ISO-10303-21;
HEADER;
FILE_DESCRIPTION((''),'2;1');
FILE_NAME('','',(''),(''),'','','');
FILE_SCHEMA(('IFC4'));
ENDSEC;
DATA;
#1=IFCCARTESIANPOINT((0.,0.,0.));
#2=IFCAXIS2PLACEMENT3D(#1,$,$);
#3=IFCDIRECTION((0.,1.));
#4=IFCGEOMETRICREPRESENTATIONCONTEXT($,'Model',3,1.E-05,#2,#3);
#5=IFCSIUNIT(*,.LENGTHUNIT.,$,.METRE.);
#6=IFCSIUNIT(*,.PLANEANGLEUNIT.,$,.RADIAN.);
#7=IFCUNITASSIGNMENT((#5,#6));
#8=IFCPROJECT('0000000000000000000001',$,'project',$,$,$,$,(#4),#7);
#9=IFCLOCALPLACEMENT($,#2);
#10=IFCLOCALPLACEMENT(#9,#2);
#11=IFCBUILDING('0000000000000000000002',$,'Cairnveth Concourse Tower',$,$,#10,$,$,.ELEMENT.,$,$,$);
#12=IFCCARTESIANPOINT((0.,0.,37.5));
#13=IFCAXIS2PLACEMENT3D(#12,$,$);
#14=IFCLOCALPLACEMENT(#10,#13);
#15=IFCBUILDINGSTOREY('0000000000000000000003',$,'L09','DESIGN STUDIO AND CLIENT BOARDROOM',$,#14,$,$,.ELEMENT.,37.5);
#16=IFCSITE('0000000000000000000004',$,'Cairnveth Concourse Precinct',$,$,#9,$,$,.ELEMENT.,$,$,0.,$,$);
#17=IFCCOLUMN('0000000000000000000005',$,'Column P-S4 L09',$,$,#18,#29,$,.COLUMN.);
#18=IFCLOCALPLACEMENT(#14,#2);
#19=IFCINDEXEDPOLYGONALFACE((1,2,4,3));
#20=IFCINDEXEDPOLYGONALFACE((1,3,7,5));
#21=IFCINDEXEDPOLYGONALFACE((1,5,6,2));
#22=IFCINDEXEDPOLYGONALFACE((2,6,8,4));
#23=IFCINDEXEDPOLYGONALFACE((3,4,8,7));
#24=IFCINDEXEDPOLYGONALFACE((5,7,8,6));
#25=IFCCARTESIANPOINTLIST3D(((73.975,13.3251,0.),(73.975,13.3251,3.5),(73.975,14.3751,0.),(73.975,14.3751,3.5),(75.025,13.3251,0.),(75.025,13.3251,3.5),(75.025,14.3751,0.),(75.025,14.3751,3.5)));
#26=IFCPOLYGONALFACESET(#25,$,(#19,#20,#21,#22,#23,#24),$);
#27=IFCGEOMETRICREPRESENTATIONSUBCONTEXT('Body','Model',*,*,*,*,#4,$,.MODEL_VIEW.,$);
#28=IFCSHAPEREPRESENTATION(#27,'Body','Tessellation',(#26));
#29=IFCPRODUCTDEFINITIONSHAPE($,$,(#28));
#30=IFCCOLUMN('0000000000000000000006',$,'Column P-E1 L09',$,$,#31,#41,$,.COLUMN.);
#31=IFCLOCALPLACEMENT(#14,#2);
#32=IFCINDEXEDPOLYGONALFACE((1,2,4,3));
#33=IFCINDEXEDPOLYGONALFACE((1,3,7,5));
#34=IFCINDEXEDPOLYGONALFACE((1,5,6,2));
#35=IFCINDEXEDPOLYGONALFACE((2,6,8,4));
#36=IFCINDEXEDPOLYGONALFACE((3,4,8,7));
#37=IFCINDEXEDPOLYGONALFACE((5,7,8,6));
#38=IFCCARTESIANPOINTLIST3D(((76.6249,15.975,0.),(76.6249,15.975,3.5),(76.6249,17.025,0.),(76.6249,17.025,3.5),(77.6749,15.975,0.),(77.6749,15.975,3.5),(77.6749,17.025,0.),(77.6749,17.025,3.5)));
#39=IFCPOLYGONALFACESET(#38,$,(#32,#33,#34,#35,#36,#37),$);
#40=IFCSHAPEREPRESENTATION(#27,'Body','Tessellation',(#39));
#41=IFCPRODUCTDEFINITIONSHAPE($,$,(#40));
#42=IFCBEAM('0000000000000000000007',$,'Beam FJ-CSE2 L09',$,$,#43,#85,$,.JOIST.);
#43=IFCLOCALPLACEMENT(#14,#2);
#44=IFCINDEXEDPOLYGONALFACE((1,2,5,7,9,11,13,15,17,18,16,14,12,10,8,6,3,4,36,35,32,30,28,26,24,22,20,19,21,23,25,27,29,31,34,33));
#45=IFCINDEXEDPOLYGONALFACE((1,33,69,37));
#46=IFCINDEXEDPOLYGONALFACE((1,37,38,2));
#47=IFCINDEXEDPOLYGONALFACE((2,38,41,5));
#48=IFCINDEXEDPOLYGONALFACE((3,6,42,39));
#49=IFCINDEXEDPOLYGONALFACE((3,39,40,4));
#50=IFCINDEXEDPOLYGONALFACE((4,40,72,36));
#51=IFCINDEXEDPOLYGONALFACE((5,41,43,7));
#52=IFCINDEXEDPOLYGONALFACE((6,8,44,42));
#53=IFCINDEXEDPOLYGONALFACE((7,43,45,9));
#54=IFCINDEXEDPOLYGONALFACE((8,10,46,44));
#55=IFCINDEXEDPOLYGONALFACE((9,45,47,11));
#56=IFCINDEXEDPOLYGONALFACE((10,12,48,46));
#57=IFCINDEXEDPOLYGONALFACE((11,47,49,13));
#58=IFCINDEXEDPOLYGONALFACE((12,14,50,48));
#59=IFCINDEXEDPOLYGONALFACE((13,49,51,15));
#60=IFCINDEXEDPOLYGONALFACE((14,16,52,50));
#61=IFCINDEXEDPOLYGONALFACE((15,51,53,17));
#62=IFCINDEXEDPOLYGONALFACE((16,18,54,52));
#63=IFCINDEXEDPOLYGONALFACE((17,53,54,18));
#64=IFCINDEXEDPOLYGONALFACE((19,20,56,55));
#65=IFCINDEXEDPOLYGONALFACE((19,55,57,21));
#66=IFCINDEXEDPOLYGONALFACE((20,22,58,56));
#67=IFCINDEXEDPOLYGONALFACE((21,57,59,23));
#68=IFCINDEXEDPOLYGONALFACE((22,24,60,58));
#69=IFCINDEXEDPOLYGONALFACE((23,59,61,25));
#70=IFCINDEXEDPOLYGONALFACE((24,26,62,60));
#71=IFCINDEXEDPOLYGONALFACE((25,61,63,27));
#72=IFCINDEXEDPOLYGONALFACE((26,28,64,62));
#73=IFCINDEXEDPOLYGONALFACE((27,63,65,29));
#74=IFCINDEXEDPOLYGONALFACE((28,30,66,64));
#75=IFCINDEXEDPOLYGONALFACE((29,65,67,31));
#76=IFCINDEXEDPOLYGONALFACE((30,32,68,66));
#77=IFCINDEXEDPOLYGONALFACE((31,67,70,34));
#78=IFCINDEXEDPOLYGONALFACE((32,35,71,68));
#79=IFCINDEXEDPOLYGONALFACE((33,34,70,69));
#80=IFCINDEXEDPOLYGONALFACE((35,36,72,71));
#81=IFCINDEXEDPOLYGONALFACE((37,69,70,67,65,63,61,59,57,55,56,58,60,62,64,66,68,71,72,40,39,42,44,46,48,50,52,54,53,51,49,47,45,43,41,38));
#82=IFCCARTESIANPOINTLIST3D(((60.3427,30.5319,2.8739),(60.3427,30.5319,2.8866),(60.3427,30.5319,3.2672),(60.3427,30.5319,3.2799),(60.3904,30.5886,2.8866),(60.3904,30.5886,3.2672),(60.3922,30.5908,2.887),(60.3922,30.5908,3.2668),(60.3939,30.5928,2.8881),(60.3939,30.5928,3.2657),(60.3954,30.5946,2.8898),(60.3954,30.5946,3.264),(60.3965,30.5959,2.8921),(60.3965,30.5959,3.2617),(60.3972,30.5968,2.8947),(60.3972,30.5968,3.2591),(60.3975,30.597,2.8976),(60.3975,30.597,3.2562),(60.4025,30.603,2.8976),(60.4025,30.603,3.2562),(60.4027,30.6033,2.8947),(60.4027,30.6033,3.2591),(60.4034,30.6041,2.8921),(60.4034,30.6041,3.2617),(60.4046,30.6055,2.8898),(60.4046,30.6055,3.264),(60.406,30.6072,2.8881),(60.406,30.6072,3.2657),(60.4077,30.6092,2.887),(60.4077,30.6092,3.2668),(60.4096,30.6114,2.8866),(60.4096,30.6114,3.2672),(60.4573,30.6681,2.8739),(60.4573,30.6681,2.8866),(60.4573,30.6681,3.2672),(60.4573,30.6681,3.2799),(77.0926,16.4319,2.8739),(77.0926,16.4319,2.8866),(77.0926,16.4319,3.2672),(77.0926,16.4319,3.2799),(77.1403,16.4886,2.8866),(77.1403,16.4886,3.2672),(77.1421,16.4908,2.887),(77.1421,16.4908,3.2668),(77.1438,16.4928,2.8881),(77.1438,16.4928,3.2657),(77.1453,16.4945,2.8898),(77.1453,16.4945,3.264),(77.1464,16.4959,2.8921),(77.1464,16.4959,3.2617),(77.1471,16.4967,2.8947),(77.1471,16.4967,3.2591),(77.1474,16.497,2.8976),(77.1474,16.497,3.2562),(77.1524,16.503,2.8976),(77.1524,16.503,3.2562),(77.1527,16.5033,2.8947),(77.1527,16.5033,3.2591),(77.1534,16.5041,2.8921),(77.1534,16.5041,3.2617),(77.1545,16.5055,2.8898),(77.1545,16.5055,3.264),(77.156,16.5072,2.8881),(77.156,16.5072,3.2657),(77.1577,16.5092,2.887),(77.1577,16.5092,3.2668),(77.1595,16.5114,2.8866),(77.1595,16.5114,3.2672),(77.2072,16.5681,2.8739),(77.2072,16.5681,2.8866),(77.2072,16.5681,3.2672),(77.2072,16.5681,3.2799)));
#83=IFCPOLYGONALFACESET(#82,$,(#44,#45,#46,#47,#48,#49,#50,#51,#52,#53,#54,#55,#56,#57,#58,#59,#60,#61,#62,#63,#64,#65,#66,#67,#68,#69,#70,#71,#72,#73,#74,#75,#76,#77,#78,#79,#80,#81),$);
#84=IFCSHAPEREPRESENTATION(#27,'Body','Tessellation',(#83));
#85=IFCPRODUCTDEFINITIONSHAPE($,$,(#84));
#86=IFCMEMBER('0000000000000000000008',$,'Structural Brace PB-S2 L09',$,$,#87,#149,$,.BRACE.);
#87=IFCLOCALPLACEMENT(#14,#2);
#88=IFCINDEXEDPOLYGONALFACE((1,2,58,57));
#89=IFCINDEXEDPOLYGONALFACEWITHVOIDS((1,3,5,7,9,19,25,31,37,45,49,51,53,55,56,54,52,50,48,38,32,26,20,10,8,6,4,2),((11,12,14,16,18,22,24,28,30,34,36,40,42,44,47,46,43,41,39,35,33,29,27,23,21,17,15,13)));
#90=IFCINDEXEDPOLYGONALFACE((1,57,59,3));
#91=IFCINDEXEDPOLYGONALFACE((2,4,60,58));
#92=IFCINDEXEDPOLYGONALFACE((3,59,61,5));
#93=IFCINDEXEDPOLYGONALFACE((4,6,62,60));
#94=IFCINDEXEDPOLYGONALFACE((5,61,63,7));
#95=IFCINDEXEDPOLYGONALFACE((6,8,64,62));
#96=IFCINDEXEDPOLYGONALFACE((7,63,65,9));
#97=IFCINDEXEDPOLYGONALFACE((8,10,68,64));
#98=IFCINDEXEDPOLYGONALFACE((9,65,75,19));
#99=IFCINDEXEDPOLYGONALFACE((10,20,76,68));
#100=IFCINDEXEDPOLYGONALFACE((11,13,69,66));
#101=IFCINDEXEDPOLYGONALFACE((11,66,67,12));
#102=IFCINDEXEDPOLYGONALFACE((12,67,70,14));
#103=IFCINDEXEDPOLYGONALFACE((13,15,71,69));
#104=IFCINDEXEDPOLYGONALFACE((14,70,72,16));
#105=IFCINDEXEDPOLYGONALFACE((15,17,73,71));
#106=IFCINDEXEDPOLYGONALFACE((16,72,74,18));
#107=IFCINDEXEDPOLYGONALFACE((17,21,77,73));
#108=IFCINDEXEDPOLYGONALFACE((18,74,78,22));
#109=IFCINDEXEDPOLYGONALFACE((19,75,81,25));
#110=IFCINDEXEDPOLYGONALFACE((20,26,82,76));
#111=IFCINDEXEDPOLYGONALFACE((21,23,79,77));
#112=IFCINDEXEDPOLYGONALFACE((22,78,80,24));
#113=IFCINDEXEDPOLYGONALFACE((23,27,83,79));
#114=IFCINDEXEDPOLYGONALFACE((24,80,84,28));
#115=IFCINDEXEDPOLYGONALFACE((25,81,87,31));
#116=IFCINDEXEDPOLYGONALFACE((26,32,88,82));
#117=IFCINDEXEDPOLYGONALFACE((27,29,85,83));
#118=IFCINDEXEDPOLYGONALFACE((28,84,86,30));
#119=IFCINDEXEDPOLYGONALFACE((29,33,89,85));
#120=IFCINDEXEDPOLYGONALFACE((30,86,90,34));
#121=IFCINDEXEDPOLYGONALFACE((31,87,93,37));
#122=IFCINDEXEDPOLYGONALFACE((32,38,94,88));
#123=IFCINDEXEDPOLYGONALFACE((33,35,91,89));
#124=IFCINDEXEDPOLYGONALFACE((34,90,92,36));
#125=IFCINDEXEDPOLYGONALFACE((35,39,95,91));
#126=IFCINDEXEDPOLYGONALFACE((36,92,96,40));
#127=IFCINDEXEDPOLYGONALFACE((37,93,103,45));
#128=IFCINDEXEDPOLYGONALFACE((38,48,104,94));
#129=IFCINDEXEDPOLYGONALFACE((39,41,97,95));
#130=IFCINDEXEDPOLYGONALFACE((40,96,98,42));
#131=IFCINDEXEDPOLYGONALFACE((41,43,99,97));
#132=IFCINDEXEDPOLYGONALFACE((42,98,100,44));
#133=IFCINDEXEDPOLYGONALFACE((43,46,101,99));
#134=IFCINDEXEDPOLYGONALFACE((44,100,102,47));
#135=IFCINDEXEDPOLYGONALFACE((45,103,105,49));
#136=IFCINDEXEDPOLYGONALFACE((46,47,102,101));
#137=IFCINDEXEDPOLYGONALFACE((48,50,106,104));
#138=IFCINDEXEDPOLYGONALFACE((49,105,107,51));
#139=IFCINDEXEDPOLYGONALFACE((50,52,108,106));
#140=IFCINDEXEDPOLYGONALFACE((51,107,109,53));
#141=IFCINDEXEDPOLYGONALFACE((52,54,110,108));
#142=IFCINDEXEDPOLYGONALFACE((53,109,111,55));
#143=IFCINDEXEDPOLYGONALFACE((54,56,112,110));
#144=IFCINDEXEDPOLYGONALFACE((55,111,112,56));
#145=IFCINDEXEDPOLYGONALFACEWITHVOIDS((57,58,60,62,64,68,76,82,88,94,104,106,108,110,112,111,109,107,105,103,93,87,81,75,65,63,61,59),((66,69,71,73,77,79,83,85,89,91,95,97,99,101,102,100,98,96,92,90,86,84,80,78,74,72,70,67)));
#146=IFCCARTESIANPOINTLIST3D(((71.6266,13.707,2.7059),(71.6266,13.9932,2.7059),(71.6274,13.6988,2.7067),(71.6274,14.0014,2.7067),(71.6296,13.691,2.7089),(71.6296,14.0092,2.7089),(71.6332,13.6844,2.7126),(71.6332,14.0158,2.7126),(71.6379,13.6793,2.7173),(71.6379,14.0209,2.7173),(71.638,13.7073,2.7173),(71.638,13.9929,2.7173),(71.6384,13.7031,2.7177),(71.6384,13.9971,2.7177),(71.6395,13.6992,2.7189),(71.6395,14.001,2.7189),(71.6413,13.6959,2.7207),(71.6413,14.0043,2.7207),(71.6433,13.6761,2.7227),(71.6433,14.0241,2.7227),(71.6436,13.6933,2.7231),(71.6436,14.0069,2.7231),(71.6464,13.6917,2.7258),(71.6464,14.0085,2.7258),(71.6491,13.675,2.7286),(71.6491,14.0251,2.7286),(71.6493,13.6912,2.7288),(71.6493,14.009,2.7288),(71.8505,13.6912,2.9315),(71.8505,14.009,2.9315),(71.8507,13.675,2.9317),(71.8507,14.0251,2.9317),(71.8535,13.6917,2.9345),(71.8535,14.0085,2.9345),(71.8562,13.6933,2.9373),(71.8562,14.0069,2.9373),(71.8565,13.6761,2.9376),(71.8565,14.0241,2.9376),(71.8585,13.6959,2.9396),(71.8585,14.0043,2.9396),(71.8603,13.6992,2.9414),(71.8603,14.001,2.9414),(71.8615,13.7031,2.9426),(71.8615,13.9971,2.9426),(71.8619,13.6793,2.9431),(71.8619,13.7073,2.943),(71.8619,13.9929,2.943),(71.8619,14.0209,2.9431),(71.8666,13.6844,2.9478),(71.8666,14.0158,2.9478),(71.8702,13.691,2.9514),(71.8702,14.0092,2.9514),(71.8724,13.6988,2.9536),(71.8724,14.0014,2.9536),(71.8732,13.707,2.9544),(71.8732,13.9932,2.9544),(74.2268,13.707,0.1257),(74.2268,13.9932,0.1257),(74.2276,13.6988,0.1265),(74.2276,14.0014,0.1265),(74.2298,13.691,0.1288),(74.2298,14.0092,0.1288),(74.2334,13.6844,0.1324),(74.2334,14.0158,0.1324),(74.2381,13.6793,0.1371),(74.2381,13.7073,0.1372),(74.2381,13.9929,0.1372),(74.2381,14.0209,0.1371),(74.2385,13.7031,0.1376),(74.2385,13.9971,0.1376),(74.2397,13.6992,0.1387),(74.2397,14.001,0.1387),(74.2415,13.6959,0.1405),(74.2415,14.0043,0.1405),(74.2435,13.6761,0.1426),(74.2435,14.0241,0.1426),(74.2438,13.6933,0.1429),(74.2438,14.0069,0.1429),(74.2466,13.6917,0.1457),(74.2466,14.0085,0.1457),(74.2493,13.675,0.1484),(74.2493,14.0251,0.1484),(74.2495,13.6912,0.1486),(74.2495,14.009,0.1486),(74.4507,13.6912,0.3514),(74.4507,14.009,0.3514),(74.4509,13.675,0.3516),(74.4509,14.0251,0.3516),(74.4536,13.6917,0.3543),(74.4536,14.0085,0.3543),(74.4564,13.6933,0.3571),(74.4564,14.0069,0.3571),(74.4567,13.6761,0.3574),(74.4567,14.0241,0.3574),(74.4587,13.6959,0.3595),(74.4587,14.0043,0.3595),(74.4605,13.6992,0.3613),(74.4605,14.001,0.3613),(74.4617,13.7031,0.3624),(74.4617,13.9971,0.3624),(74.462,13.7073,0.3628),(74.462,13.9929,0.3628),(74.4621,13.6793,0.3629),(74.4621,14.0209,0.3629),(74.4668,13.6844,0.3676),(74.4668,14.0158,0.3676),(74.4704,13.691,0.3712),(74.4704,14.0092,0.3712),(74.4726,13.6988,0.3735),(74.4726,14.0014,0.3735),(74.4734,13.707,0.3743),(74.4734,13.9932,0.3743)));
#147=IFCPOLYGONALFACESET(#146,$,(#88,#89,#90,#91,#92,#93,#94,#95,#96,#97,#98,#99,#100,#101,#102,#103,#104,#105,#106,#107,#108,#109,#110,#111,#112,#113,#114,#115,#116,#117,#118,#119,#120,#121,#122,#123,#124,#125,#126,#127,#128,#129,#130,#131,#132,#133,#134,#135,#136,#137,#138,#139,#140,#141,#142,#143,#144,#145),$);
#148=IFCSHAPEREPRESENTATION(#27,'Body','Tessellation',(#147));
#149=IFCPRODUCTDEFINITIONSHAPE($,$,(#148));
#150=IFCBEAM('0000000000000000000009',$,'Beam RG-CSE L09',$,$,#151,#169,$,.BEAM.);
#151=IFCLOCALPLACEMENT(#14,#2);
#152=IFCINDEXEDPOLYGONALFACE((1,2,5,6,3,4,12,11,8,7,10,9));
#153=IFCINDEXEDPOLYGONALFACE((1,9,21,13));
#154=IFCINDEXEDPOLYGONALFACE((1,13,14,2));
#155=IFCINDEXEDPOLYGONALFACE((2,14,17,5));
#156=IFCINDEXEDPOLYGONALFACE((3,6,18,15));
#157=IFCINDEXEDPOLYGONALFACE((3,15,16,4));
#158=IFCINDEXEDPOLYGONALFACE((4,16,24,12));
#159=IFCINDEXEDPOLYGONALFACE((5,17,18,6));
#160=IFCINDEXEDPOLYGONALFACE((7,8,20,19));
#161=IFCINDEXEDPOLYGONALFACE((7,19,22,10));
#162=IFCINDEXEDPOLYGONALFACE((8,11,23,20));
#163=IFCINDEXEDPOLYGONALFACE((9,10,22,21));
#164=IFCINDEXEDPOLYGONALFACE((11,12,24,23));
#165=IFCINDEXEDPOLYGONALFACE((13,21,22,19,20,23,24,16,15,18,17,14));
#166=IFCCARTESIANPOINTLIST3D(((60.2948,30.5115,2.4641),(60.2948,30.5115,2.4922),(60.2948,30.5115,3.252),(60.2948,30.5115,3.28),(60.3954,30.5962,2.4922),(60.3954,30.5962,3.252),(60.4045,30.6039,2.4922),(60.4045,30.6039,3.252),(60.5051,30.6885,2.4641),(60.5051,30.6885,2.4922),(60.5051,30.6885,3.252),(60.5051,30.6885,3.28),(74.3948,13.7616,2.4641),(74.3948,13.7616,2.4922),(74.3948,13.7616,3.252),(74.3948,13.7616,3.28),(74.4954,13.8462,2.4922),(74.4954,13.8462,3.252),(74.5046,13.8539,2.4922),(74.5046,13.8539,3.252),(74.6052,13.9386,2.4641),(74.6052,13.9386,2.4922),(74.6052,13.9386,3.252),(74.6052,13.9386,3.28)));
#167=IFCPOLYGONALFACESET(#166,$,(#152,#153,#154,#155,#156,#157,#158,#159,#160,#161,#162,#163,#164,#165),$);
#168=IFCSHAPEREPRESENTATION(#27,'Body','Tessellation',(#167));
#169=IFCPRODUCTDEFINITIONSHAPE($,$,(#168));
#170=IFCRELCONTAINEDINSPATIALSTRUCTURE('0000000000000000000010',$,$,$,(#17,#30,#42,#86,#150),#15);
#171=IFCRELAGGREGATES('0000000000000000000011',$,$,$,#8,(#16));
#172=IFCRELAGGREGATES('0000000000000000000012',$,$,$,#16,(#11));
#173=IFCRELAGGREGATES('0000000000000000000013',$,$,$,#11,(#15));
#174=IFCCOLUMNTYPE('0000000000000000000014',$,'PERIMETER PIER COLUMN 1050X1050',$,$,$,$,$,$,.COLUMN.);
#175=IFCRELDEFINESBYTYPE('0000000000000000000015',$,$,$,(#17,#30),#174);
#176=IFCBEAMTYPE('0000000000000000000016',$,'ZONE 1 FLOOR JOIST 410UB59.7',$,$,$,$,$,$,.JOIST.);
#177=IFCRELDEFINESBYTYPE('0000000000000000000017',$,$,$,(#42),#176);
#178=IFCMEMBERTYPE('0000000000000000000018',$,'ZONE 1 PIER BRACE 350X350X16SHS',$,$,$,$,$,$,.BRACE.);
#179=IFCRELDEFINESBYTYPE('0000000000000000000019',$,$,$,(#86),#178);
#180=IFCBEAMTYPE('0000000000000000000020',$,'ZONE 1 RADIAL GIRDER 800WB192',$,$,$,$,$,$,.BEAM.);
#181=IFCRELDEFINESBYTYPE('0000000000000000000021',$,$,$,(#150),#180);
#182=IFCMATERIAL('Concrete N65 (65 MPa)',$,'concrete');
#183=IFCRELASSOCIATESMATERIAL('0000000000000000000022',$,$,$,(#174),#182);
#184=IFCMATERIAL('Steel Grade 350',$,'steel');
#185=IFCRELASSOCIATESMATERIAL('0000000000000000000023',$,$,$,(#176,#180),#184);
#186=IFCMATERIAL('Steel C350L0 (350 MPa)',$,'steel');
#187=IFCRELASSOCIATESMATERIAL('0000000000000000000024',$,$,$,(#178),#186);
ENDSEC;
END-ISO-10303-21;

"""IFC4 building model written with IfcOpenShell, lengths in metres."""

from ifc_helpers import new_model, si_unit, direction, frame, origin, origin_2d, place, context, subcontext, project, spatial, rectangle, hollow_rectangle, i_section, extrude, material, material_profile, profile_set, type_object, element, save


model = new_model("IFC4")

# Units and contexts
model_context = context("Model", 3, precision=1e-05, world=origin(), true_north=direction((0.0, 1.0)))
body_context = subcontext(model_context, "Body", "Model", "MODEL_VIEW")
ifc_project = project(units=[si_unit("LENGTHUNIT", "METRE"), si_unit("PLANEANGLEUNIT", "RADIAN")], contexts=[model_context])

# Site, building, storey
site_placement = place(None, origin())
site = spatial("IfcSite", under=ifc_project, at=site_placement, Name="Cairnveth Concourse Precinct", CompositionType="ELEMENT", RefElevation=0.0)
building_placement = place(site_placement, origin())
building = spatial("IfcBuilding", under=site, at=building_placement, Name="Cairnveth Concourse Tower", CompositionType="ELEMENT")
storey_placement = place(building_placement, frame((0.0, 0.0, 37.5)))
storey = spatial("IfcBuildingStorey", under=building, at=storey_placement, Name="L09", Description="DESIGN STUDIO AND CLIENT BOARDROOM", CompositionType="ELEMENT", Elevation=37.5)

# Columns
ifc_material_1 = material(Name="Concrete N65 (65 MPa)", Category="concrete")
ifc_material_profile_1 = material_profile(ifc_material_1, rectangle(XDim=1.05, YDim=1.05, at=origin_2d()), Name="RC-COL-1050x1050")
ifc_profile_set_1 = profile_set([ifc_material_profile_1], Name="Concrete N65 (65 MPa)")
column_type = type_object("IfcColumnType", Name="PERIMETER PIER COLUMN 1050X1050", PredefinedType="COLUMN", material=ifc_profile_set_1)
for number, where, z_axis, x_axis, name in (
    (1, (74.5, 13.8501, 0.0), (0.0, 0.0, 1.0), (1.0, 0.0, 0.0), "Column P-S4 L09"),
    (2, (77.1499, 16.5, 0.0), (0.0, 0.0, 1.0), (0.0, 1.0, 0.0), "Column P-E1 L09"),
):
    element("IfcColumn", number, at=place(storey_placement, frame(where, z_axis=z_axis, x_axis=x_axis)), inside=storey, type_object=column_type, Name=name, PredefinedType="COLUMN", context=body_context, shape_type="SweptSolid", body=[
        extrude(rectangle(XDim=1.05, YDim=1.05, at=origin_2d()), origin(), (0.0, 0.0, 1.0), 3.5),
    ])

# Beam
ifc_material_2 = material(Name="Steel Grade 350", Category="steel")
ifc_material_profile_2 = material_profile(ifc_material_2, i_section(OverallWidth=0.178, OverallDepth=0.406, WebThickness=0.0078, FlangeThickness=0.0127, FilletRadius=0.011, at=origin_2d()), Name="410UB59.7")
ifc_profile_set_2 = profile_set([ifc_material_profile_2], Name="Steel Grade 350")
beam_type_1 = type_object("IfcBeamType", Name="ZONE 1 FLOOR JOIST 410UB59.7", PredefinedType="JOIST", material=ifc_profile_set_2)
beam_1_placement = place(storey_placement, frame((77.1499, 16.5, 3.0769), z_axis=(-0.765027, 0.643998, 0.0), x_axis=(-0.643998, -0.765027, 0.0)))
element("IfcBeam", 3, at=beam_1_placement, inside=storey, type_object=beam_type_1, Name="Beam FJ-CSE2 L09", PredefinedType="JOIST", context=body_context, shape_type="SweptSolid", body=[
    extrude(i_section(OverallWidth=0.178, OverallDepth=0.406, WebThickness=0.0078, FlangeThickness=0.0127, FilletRadius=0.011, at=origin_2d()), origin(), (0.0, 0.0, 1.0), 21.8945),
])

# Member
ifc_material_3 = material(Name="Steel C350L0 (350 MPa)", Category="steel")
ifc_material_profile_3 = material_profile(ifc_material_3, hollow_rectangle(XDim=0.3501, YDim=0.3501, WallThickness=0.0161, InnerFilletRadius=0.0161, OuterFilletRadius=0.032, at=origin_2d()), Name="350x350x16.0SHS")
ifc_profile_set_3 = profile_set([ifc_material_profile_3], Name="Steel C350L0 (350 MPa)")
member_type = type_object("IfcMemberType", Name="ZONE 1 PIER BRACE 350X350X16SHS", PredefinedType="BRACE", material=ifc_profile_set_3)
member_placement = place(storey_placement, frame((74.3501, 13.8501, 0.25), z_axis=(-0.709834, 0.0, 0.704369), x_axis=(0.0, -1.0, 0.0)))
element("IfcMember", 4, at=member_placement, inside=storey, type_object=member_type, Name="Structural Brace PB-S2 L09", PredefinedType="BRACE", context=body_context, shape_type="SweptSolid", body=[
    extrude(hollow_rectangle(XDim=0.3501, YDim=0.3501, WallThickness=0.0161, InnerFilletRadius=0.0161, OuterFilletRadius=0.032, at=origin_2d()), origin(), (0.0, 0.0, 1.0), 3.6631),
])

# Beam
ifc_material_profile_4 = material_profile(ifc_material_2, i_section(OverallWidth=0.2749, OverallDepth=0.8159, WebThickness=0.012, FlangeThickness=0.0281, at=origin_2d()), Name="800WB192")
ifc_profile_set_4 = profile_set([ifc_material_profile_4], Name="Steel Grade 350")
beam_type_2 = type_object("IfcBeamType", Name="ZONE 1 RADIAL GIRDER 800WB192", PredefinedType="BEAM", material=ifc_profile_set_4)
beam_2_placement = place(storey_placement, frame((74.5, 13.8501, 2.8721), z_axis=(-0.643998, 0.765027, 0.0), x_axis=(-0.765027, -0.643998, 0.0)))
element("IfcBeam", 5, at=beam_2_placement, inside=storey, type_object=beam_type_2, Name="Beam RG-CSE L09", PredefinedType="BEAM", context=body_context, shape_type="SweptSolid", body=[
    extrude(i_section(OverallWidth=0.2749, OverallDepth=0.8159, WebThickness=0.012, FlangeThickness=0.0281, at=origin_2d()), origin(), (0.0, 0.0, 1.0), 21.8945),
])

save(model, "model.ifc")
